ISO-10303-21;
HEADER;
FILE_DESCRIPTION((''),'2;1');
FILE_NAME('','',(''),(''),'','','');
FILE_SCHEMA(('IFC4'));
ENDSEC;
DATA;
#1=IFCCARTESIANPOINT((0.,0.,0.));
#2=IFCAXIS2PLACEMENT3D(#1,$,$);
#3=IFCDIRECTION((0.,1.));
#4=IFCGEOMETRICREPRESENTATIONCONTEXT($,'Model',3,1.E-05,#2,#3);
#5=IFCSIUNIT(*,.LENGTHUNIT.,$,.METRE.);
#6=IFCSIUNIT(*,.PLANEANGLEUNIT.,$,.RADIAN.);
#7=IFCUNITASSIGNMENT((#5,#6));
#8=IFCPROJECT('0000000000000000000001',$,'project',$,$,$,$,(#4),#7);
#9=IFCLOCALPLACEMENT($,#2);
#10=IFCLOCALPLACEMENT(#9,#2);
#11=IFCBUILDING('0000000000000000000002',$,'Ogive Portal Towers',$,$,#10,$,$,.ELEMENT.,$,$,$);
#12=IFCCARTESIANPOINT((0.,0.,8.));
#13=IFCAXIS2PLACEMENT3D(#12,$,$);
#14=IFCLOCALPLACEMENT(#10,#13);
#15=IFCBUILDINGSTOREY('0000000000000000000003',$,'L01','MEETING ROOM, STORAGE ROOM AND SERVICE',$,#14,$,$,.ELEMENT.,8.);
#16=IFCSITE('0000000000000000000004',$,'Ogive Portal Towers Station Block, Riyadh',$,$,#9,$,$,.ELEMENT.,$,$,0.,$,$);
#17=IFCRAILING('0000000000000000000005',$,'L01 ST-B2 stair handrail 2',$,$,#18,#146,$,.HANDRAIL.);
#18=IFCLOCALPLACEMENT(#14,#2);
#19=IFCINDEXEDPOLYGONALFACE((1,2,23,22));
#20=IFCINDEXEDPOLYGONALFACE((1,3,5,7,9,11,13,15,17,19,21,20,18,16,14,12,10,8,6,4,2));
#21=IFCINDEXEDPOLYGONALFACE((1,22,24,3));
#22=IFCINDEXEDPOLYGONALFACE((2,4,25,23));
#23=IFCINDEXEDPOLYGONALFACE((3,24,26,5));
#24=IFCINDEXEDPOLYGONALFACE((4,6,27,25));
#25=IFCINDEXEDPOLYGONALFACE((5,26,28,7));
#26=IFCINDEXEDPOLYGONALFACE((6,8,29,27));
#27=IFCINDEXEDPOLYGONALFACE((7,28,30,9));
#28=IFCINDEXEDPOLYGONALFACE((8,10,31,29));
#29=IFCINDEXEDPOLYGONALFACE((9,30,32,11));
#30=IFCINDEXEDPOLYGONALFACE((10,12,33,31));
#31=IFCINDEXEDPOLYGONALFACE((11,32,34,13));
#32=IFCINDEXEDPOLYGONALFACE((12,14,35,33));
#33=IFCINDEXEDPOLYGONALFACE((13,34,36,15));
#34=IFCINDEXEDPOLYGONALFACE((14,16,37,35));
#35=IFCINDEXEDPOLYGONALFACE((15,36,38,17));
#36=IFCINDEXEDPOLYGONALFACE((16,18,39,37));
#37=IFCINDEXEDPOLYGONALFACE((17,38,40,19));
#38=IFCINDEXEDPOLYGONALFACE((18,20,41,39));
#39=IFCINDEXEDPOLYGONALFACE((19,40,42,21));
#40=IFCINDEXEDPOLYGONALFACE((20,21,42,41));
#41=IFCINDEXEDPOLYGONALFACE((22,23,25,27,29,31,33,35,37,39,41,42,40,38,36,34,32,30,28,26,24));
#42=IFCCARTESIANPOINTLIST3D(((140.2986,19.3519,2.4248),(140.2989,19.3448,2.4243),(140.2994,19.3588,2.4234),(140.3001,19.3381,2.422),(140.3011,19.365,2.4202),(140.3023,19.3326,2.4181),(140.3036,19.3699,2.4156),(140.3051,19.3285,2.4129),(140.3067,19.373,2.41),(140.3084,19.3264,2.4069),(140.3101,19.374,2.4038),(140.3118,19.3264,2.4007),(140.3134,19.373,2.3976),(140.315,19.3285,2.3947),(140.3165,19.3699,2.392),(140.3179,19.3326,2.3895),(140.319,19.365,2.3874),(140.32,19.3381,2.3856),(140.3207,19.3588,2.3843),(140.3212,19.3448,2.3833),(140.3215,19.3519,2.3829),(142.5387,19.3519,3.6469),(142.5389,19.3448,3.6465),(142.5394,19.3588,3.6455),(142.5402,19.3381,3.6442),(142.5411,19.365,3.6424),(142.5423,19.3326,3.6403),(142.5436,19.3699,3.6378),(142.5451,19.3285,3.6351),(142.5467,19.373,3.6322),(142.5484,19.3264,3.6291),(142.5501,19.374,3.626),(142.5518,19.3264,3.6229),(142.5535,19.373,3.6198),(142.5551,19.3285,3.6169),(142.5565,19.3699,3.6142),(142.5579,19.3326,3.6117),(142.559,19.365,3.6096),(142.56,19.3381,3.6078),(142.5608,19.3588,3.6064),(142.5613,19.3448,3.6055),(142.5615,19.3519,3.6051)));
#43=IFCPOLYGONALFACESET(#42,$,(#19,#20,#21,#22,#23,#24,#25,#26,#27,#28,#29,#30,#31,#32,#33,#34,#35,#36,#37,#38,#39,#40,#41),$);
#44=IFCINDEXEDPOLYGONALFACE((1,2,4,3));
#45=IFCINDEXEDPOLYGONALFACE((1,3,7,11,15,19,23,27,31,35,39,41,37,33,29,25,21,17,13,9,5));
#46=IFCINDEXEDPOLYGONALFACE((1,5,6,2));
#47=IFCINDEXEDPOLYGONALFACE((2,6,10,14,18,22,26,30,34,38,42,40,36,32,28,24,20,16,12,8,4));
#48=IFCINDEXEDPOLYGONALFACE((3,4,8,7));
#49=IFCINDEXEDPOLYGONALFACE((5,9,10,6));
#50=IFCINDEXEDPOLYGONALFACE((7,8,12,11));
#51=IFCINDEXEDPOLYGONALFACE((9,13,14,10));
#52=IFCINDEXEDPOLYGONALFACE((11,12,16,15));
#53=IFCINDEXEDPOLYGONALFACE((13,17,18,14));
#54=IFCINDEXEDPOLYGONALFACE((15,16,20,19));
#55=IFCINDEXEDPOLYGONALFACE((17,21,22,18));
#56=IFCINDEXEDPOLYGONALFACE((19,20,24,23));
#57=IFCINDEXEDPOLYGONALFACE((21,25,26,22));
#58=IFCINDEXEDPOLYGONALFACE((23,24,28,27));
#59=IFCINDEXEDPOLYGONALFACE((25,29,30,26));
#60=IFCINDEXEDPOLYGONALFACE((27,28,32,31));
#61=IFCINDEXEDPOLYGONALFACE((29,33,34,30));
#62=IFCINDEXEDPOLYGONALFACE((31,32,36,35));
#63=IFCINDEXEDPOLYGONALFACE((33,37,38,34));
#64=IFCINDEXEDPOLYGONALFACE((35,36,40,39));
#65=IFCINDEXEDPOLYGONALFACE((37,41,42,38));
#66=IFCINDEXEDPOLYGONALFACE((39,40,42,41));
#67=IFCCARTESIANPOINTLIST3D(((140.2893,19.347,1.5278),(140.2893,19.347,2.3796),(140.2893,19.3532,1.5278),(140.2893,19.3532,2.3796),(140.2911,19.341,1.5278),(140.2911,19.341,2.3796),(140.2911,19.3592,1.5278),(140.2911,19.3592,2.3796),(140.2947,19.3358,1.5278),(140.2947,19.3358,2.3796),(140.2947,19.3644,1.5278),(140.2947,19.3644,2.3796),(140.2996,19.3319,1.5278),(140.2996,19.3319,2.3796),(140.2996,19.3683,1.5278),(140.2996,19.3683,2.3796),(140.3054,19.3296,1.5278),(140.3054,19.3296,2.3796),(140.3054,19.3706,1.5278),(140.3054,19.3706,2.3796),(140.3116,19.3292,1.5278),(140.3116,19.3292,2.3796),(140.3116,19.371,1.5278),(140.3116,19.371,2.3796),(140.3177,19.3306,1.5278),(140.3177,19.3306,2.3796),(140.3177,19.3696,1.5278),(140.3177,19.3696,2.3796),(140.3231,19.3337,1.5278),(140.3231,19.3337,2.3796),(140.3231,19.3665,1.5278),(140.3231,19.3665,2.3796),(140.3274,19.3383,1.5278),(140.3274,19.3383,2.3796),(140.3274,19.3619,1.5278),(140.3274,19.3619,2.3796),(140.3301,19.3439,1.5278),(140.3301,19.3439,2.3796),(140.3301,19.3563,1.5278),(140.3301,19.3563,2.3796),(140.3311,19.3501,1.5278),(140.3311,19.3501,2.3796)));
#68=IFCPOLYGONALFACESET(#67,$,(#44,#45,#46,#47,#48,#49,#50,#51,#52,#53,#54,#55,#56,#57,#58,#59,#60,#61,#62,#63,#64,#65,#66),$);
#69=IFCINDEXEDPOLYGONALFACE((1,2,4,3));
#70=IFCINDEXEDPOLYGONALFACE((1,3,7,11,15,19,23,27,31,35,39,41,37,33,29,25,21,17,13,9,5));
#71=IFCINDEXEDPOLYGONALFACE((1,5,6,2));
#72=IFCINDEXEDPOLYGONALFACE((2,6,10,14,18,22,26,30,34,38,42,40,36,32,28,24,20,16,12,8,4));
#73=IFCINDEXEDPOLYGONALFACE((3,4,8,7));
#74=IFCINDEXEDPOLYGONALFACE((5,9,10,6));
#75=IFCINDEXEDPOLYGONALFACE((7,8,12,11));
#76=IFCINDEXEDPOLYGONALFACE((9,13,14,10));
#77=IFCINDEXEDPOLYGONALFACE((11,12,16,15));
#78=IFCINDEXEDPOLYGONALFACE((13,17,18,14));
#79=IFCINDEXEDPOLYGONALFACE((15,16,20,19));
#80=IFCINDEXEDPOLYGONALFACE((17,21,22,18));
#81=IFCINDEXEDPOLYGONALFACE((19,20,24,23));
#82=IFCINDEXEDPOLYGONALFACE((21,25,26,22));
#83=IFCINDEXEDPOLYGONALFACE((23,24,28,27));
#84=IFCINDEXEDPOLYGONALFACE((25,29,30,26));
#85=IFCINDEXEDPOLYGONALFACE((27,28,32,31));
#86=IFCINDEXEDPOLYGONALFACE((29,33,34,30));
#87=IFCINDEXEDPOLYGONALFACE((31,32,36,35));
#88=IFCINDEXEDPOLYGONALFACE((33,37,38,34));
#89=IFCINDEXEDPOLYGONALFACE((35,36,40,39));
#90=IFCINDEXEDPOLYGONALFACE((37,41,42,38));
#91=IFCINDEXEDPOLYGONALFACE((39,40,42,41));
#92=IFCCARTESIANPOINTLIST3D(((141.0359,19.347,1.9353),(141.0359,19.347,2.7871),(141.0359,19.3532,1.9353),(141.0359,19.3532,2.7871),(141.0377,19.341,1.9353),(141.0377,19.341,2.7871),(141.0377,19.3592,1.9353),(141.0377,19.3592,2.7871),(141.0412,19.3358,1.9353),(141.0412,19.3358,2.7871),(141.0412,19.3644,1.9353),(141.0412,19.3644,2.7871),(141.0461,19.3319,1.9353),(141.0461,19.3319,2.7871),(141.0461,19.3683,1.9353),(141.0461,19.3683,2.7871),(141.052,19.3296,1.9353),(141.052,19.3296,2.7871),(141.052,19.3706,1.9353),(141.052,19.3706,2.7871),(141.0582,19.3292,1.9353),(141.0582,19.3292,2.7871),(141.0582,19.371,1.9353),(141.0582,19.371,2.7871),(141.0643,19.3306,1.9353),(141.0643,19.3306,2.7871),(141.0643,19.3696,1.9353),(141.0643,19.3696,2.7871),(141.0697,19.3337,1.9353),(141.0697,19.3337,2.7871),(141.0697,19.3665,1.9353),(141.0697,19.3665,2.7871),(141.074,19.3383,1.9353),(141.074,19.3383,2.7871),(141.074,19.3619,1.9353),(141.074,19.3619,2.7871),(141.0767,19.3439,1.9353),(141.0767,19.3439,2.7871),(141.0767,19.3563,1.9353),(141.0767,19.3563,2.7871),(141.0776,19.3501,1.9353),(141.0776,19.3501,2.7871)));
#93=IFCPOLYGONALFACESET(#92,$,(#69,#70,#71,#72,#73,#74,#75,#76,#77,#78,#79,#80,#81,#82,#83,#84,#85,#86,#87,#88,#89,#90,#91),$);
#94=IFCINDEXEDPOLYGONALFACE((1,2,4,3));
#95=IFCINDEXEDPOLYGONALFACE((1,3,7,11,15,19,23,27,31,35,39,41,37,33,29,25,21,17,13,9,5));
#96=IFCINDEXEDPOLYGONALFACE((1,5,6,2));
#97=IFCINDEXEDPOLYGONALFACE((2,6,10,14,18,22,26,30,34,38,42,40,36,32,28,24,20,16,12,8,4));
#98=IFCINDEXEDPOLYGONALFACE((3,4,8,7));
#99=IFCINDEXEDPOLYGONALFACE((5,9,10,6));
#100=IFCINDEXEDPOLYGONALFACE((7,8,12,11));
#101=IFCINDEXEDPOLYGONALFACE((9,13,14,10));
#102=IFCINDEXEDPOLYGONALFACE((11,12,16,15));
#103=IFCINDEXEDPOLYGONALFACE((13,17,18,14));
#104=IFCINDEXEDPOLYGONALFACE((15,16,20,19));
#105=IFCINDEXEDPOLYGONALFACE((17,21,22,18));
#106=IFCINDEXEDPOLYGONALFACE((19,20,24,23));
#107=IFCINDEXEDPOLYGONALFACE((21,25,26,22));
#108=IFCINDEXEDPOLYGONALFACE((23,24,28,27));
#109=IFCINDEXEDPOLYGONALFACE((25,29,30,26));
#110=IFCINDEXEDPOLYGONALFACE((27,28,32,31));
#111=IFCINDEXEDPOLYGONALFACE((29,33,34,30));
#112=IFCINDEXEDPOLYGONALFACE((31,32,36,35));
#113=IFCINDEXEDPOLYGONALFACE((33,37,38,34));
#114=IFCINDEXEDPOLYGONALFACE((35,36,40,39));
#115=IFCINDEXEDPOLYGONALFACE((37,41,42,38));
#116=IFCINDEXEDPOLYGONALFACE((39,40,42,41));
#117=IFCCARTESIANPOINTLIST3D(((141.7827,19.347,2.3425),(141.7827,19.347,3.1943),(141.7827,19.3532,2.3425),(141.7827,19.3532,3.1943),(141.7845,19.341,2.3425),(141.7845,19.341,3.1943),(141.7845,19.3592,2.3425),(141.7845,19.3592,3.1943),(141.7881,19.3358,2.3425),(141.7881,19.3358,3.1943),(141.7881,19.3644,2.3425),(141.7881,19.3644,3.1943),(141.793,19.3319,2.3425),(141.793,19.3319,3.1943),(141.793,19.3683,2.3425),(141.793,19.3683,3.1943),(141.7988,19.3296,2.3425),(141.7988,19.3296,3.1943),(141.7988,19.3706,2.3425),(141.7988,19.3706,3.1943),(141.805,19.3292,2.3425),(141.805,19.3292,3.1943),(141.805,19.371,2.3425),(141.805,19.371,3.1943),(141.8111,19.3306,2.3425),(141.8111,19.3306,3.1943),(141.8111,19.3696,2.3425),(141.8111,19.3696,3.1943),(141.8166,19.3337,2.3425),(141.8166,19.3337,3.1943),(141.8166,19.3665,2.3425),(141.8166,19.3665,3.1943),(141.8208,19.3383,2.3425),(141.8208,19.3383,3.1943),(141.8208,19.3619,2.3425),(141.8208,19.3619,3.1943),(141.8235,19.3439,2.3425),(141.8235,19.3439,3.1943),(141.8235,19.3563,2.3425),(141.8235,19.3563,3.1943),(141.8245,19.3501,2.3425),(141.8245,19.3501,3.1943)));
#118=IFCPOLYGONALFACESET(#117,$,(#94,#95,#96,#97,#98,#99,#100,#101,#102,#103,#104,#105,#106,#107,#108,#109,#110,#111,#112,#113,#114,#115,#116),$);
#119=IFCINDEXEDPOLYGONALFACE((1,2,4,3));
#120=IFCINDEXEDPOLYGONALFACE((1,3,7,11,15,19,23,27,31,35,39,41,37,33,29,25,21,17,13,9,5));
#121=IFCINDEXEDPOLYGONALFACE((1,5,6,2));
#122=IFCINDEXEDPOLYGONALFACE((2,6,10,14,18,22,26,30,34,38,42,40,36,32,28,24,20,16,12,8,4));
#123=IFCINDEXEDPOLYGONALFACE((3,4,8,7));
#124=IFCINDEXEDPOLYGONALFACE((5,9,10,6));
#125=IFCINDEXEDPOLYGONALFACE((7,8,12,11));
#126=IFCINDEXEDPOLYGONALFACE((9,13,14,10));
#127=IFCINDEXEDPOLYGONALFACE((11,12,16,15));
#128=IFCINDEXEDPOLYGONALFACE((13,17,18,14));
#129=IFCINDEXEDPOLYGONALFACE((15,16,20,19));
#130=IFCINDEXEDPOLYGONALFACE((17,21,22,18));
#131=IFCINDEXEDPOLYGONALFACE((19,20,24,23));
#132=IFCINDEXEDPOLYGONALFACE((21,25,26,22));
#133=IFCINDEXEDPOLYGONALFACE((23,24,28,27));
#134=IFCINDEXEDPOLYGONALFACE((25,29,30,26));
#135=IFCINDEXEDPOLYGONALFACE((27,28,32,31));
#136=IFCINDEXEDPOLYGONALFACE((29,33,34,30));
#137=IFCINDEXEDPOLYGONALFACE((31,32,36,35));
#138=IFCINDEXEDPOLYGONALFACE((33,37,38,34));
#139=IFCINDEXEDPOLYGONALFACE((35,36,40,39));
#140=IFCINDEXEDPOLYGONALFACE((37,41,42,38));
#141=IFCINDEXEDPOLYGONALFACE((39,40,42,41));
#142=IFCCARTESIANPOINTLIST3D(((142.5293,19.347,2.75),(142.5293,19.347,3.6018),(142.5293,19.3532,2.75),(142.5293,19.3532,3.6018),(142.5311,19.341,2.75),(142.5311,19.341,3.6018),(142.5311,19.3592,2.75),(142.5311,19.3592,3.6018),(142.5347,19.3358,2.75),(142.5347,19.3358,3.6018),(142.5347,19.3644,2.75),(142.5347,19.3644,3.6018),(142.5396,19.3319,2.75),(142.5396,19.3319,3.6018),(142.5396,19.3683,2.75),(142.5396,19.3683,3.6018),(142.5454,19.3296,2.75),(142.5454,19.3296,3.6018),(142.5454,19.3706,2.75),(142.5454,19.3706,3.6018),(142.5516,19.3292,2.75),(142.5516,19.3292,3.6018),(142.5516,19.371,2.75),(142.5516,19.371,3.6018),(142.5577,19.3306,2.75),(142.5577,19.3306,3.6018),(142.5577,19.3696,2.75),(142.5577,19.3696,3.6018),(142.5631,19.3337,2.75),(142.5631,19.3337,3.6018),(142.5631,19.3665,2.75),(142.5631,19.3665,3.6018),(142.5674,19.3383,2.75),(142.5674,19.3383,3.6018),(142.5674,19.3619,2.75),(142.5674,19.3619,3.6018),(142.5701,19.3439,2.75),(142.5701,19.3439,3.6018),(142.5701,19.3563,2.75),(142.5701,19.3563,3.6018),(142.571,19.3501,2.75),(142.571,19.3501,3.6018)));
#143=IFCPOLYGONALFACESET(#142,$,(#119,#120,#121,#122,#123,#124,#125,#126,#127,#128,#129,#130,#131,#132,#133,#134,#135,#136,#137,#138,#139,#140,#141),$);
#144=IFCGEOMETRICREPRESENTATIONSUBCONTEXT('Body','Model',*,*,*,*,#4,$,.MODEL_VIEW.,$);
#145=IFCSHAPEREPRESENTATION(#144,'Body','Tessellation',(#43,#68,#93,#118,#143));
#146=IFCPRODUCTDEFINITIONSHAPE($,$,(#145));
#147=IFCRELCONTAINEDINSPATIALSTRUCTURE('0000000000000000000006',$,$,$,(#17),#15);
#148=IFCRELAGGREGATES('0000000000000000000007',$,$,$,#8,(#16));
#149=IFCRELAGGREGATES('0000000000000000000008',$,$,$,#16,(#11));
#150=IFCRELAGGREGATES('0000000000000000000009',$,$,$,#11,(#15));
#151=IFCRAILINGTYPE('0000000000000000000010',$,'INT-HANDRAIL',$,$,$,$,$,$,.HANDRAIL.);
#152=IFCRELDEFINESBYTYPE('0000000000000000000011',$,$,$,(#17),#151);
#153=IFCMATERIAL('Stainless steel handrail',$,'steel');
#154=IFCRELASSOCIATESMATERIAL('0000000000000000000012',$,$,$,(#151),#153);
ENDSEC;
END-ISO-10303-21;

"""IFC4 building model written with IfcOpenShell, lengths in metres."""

from ifc_helpers import new_model, si_unit, direction, frame, origin, origin_2d, place, context, subcontext, project, spatial, circle, extrude, material, type_object, element, save


model = new_model("IFC4")

# Units and contexts
model_context = context("Model", 3, precision=1e-05, world=origin(), true_north=direction((0.0, 1.0)))
body_context = subcontext(model_context, "Body", "Model", "MODEL_VIEW")
ifc_project = project(units=[si_unit("LENGTHUNIT", "METRE"), si_unit("PLANEANGLEUNIT", "RADIAN")], contexts=[model_context])

# Site, building, storey
site_placement = place(None, origin())
site = spatial("IfcSite", under=ifc_project, at=site_placement, Name="Ogive Portal Towers Station Block, Riyadh", CompositionType="ELEMENT", RefElevation=0.0)
building_placement = place(site_placement, origin())
building = spatial("IfcBuilding", under=site, at=building_placement, Name="Ogive Portal Towers", CompositionType="ELEMENT")
storey_placement = place(building_placement, frame((0.0, 0.0, 8.0)))
storey = spatial("IfcBuildingStorey", under=building, at=storey_placement, Name="L01", Description="MEETING ROOM, STORAGE ROOM AND SERVICE", CompositionType="ELEMENT", Elevation=8.0)

# Railing
ifc_material_1 = material(Name="Stainless steel handrail", Category="steel")
railing_type_1 = type_object("IfcRailingType", Name="INT-HANDRAIL", PredefinedType="HANDRAIL", material=ifc_material_1)
for number, where, name in (
    (1, (140.3101, 19.3501, 1.5278), "L01 ST-B2 stair handrail 2"),
):
    element("IfcRailing", number, at=place(storey_placement, frame(where)), inside=storey, type_object=railing_type_1, Name=name, PredefinedType="HANDRAIL", context=body_context, shape_type="SweptSolid", body=[
        extrude(circle(Radius=0.0239, at=origin_2d()), frame((0.0, 0.0, 0.876), z_axis=(0.877837, 0.0, 0.478959), x_axis=(0.0, 1.0, 0.0)), (0.0, 0.0, 1.0), 2.5518),
        extrude(circle(Radius=0.021, at=origin_2d()), origin(), (0.0, 0.0, 1.0), 0.8518),
        extrude(circle(Radius=0.021, at=origin_2d()), frame((0.7466, 0.0, 0.4075)), (0.0, 0.0, 1.0), 0.8518),
        extrude(circle(Radius=0.021, at=origin_2d()), frame((1.4934, 0.0, 0.8147)), (0.0, 0.0, 1.0), 0.8518),
        extrude(circle(Radius=0.021, at=origin_2d()), frame((2.24, 0.0, 1.2222)), (0.0, 0.0, 1.0), 0.8518),
    ])

save(model, "model.ifc")
